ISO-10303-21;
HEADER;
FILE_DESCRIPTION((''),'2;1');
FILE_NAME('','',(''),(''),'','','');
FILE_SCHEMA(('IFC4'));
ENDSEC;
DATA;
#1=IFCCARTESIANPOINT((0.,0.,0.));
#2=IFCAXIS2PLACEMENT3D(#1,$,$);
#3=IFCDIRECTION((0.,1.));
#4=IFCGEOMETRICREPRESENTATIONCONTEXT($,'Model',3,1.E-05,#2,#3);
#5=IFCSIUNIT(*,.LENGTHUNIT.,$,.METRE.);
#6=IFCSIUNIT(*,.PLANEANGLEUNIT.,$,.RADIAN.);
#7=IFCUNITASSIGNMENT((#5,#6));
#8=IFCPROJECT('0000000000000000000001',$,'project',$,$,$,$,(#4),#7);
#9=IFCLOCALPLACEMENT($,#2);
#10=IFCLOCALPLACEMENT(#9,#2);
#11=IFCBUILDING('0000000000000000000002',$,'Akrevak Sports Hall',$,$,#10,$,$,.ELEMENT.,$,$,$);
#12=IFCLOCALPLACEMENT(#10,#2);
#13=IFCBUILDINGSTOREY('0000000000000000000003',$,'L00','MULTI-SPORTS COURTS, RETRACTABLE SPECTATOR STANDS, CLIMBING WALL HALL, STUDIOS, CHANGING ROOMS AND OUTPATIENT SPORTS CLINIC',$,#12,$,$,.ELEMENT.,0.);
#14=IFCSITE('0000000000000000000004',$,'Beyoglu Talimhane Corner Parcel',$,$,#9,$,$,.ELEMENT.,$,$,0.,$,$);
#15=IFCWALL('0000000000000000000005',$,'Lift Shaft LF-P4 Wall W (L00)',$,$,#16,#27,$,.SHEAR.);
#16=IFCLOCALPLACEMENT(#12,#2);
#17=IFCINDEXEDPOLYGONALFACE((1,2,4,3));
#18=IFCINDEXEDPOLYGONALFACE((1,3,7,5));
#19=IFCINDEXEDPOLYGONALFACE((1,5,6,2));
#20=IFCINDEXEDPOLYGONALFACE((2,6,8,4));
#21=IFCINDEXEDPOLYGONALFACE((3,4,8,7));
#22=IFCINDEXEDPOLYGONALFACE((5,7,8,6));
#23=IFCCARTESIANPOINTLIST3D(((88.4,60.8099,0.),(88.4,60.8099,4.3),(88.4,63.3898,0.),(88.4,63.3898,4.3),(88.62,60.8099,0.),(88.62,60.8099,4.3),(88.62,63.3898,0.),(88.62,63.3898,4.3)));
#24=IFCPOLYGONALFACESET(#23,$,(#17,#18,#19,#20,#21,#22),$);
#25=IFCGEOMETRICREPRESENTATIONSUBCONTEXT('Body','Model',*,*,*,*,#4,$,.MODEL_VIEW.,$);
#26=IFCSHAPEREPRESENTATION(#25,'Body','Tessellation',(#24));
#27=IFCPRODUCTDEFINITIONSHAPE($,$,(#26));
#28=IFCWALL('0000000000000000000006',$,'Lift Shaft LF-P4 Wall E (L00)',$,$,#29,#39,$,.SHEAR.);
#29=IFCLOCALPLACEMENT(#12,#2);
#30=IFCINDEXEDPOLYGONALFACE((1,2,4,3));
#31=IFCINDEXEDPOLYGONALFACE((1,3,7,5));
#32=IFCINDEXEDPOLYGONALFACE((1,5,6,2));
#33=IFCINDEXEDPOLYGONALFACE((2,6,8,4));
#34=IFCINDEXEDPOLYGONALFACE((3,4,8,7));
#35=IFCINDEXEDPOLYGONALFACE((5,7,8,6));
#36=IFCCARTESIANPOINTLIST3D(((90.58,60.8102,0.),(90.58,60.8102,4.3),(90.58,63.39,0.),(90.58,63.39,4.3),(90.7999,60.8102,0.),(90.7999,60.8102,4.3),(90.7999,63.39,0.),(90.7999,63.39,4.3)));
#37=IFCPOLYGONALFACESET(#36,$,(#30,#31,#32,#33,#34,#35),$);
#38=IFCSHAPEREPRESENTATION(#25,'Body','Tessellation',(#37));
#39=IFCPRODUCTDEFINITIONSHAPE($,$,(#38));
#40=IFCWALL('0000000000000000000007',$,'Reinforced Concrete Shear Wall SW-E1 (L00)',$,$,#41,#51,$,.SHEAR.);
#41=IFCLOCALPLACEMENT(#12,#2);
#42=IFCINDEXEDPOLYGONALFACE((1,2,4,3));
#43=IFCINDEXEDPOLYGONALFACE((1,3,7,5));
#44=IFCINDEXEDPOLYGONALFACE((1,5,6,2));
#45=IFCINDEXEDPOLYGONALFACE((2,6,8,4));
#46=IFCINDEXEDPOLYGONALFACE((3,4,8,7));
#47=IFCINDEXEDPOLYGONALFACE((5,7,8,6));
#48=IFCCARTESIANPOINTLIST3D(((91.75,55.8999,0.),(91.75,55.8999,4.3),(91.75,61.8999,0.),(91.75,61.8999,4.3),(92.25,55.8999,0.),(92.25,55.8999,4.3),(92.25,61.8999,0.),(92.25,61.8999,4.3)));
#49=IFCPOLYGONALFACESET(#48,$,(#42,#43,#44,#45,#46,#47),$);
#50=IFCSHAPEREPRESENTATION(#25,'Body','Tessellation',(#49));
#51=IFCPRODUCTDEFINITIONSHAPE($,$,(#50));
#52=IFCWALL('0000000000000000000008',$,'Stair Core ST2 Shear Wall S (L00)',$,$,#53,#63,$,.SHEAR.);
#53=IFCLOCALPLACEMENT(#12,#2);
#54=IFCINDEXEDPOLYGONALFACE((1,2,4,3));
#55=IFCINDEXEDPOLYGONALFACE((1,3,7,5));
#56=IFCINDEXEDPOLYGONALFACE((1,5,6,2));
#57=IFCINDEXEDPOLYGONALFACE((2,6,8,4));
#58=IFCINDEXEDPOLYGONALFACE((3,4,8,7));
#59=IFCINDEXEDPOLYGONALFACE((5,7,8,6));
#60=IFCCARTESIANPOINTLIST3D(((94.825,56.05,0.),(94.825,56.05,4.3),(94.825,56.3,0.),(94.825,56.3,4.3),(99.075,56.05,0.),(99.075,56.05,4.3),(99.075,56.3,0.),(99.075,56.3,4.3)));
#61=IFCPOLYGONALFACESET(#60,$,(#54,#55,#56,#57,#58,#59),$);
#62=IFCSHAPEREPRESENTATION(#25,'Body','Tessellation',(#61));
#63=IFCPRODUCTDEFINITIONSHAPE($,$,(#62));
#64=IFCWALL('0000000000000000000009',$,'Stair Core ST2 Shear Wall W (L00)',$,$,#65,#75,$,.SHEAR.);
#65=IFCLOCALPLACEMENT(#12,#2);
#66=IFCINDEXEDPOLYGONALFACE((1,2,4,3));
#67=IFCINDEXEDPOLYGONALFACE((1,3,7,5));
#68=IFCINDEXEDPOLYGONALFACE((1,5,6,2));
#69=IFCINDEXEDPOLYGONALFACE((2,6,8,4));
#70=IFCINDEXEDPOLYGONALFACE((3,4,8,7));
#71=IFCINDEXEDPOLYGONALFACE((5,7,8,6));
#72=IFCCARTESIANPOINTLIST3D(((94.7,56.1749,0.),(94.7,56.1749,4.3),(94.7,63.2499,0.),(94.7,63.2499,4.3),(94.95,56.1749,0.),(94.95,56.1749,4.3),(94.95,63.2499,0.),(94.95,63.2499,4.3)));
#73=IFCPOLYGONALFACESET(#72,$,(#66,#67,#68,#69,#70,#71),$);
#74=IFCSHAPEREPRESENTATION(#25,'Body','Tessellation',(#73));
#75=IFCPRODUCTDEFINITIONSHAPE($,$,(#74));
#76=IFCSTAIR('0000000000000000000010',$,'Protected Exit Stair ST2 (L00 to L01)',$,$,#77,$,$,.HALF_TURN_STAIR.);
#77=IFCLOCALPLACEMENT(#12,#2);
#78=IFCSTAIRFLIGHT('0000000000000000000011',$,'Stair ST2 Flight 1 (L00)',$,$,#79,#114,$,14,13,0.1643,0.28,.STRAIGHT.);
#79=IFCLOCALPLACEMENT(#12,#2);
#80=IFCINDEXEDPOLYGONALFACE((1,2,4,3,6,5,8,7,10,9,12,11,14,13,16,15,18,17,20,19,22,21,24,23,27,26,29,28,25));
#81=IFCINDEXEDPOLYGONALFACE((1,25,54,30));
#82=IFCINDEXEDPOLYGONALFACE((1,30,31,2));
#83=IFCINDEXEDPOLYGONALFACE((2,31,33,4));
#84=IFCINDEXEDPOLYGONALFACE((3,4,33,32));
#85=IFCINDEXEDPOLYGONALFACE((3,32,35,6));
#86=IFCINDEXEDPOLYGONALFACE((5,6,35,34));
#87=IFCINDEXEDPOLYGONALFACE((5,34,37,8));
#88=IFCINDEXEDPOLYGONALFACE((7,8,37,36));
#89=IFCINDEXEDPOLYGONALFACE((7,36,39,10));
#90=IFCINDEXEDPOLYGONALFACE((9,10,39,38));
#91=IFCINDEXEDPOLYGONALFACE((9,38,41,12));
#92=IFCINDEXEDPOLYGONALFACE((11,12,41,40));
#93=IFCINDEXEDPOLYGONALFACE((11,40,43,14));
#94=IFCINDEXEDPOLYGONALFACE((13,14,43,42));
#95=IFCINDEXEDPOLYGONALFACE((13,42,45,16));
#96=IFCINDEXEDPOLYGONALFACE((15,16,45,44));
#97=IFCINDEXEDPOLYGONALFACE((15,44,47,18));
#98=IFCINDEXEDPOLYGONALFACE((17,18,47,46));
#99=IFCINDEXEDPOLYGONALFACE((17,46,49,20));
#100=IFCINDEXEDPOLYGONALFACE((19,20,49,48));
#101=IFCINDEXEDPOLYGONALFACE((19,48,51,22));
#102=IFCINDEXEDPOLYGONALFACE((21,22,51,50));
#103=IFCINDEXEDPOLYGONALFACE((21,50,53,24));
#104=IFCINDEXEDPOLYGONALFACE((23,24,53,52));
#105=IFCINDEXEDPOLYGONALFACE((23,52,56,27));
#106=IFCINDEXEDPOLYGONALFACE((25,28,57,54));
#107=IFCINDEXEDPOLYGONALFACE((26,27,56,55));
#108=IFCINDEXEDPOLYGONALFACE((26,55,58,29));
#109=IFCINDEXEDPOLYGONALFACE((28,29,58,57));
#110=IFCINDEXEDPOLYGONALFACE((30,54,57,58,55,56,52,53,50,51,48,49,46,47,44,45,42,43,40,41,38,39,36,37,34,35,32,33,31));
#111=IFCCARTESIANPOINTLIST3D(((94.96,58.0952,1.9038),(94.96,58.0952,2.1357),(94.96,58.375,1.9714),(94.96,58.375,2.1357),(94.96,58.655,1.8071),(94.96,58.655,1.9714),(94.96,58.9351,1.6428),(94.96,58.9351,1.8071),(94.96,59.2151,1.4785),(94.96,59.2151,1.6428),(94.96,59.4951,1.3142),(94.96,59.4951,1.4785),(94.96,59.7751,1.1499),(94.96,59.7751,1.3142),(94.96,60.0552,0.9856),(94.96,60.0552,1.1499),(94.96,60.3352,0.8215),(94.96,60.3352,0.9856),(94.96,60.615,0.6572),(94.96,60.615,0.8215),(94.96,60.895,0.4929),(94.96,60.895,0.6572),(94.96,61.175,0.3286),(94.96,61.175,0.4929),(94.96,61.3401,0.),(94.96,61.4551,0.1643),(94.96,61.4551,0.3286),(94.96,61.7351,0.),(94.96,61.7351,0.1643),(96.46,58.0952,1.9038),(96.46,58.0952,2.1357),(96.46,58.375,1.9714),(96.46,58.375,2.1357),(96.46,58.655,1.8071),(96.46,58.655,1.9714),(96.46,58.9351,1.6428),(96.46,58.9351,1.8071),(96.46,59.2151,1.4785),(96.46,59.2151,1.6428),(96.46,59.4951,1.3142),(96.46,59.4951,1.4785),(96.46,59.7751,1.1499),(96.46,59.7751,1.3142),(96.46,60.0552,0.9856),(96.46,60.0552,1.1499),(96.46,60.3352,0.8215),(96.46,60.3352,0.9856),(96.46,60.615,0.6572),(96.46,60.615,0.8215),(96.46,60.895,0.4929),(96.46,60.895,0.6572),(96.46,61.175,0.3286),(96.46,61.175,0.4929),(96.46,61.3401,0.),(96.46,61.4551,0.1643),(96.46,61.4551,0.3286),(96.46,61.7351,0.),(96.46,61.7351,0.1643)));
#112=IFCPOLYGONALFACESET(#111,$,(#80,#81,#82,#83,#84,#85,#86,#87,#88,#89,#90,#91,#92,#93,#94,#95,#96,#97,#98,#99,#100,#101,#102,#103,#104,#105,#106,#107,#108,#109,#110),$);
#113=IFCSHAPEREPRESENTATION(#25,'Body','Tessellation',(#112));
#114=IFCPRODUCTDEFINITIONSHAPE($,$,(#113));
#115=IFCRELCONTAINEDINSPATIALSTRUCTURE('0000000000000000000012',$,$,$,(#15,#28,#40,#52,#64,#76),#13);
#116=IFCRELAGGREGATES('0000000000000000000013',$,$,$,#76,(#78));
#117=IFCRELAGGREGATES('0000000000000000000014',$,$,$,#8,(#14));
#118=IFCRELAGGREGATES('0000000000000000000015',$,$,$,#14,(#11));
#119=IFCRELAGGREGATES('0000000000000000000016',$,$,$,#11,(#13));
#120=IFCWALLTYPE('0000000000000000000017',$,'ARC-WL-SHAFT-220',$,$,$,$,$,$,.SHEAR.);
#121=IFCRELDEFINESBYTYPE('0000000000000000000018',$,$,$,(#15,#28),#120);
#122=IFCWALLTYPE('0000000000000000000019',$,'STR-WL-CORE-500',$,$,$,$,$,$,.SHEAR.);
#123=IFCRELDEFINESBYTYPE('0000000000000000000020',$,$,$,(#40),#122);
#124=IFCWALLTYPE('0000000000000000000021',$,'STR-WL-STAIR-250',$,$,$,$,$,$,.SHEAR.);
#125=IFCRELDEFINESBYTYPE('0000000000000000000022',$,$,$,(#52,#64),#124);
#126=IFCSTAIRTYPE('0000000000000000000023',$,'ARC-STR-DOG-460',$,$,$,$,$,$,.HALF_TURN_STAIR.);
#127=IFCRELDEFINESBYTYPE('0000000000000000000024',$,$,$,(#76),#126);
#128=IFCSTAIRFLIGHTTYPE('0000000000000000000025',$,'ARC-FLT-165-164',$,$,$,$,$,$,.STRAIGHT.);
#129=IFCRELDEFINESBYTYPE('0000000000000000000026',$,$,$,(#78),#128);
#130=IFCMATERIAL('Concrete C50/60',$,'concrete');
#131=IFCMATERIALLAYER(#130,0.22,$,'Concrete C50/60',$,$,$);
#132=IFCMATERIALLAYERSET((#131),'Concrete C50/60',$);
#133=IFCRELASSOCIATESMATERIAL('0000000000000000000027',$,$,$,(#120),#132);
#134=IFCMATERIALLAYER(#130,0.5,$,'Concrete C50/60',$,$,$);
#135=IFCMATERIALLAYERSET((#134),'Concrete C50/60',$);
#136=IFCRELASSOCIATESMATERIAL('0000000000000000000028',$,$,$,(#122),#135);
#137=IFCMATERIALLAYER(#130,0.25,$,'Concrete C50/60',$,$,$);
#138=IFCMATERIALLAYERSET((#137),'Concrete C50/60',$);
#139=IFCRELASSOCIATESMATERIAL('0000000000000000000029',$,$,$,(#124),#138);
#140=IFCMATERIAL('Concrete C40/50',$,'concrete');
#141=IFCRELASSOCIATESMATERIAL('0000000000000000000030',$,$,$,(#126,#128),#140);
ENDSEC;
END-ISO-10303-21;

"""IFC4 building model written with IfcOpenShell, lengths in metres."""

from ifc_helpers import new_model, si_unit, direction, frame, frame_2d, origin, place, context, subcontext, project, spatial, polyline, rectangle, outline, extrude, material, layer, layer_set, type_object, element, aggregate, save


model = new_model("IFC4")

# Units and contexts
model_context = context("Model", 3, precision=1e-05, world=origin(), true_north=direction((0.0, 1.0)))
body_context = subcontext(model_context, "Body", "Model", "MODEL_VIEW")
ifc_project = project(units=[si_unit("LENGTHUNIT", "METRE"), si_unit("PLANEANGLEUNIT", "RADIAN")], contexts=[model_context])

# Site, building, storey
site_placement = place(None, origin())
site = spatial("IfcSite", under=ifc_project, at=site_placement, Name="Beyoglu Talimhane Corner Parcel", CompositionType="ELEMENT", RefElevation=0.0)
building_placement = place(site_placement, origin())
building = spatial("IfcBuilding", under=site, at=building_placement, Name="Akrevak Sports Hall", CompositionType="ELEMENT")
storey_placement = place(building_placement, origin())
storey = spatial("IfcBuildingStorey", under=building, at=storey_placement, Name="L00", Description="MULTI-SPORTS COURTS, RETRACTABLE SPECTATOR STANDS, CLIMBING WALL HALL, STUDIOS, CHANGING ROOMS AND OUTPATIENT SPORTS CLINIC", CompositionType="ELEMENT", Elevation=0.0)

# Shared definitions
ifc_material_1 = material(Name="Concrete C50/60", Category="concrete")

# Shared definitions
ifc_material_2 = material(Name="Concrete C40/50", Category="concrete")

# Shared definitions
ifc_layer_1 = layer(ifc_material_1, 0.22, Name="Concrete C50/60")
ifc_layer_set_1 = layer_set([ifc_layer_1], Name="Concrete C50/60")
wall_type_1 = type_object("IfcWallType", Name="ARC-WL-SHAFT-220", PredefinedType="SHEAR", material=ifc_layer_set_1)

# Walls
for number, where, z_axis, x_axis, name in (
    (1, (88.51, 63.3899, 0.0), (0.0, 0.0, 1.0), (0.0, -1.0, 0.0), "Lift Shaft LF-P4 Wall W (L00)"),
    (2, (90.6899, 60.8101, 0.0), (0.0, 0.0, 1.0), (0.0, 1.0, 0.0), "Lift Shaft LF-P4 Wall E (L00)"),
):
    element("IfcWall", number, at=place(storey_placement, frame(where, z_axis=z_axis, x_axis=x_axis)), inside=storey, type_object=wall_type_1, Name=name, PredefinedType="SHEAR", context=body_context, shape_type="SweptSolid", body=[
        extrude(rectangle(XDim=2.5798, YDim=0.22, at=frame_2d((1.29, 0.0))), origin(), (0.0, 0.0, 1.0), 4.3),
    ])
ifc_layer_2 = layer(ifc_material_1, 0.5, Name="Concrete C50/60")
ifc_layer_set_2 = layer_set([ifc_layer_2], Name="Concrete C50/60")
wall_type_2 = type_object("IfcWallType", Name="STR-WL-CORE-500", PredefinedType="SHEAR", material=ifc_layer_set_2)
wall_1_placement = place(storey_placement, frame((92.0, 55.8999, 0.0), z_axis=(0.0, 0.0, 1.0), x_axis=(0.0, 1.0, 0.0)))
element("IfcWall", 3, at=wall_1_placement, inside=storey, type_object=wall_type_2, Name="Reinforced Concrete Shear Wall SW-E1 (L00)", PredefinedType="SHEAR", context=body_context, shape_type="SweptSolid", body=[
    extrude(rectangle(XDim=6.0, YDim=0.5, at=frame_2d((3.0, 0.0))), origin(), (0.0, 0.0, 1.0), 4.3),
])
ifc_layer_3 = layer(ifc_material_1, 0.25, Name="Concrete C50/60")
ifc_layer_set_3 = layer_set([ifc_layer_3], Name="Concrete C50/60")
wall_type_3 = type_object("IfcWallType", Name="STR-WL-STAIR-250", PredefinedType="SHEAR", material=ifc_layer_set_3)
wall_2_placement = place(storey_placement, frame((94.825, 56.175, 0.0), z_axis=(0.0, 0.0, 1.0), x_axis=(1.0, 0.0, 0.0)))
element("IfcWall", 4, at=wall_2_placement, inside=storey, type_object=wall_type_3, Name="Stair Core ST2 Shear Wall S (L00)", PredefinedType="SHEAR", context=body_context, shape_type="SweptSolid", body=[
    extrude(rectangle(XDim=4.25, YDim=0.25, at=frame_2d((2.125, 0.0))), origin(), (0.0, 0.0, 1.0), 4.3),
])
wall_3_placement = place(storey_placement, frame((94.825, 63.25, 0.0), z_axis=(0.0, 0.0, 1.0), x_axis=(0.0, -1.0, 0.0)))
element("IfcWall", 5, at=wall_3_placement, inside=storey, type_object=wall_type_3, Name="Stair Core ST2 Shear Wall W (L00)", PredefinedType="SHEAR", context=body_context, shape_type="SweptSolid", body=[
    extrude(rectangle(XDim=7.075, YDim=0.25, at=frame_2d((3.5376, 0.0))), origin(), (0.0, 0.0, 1.0), 4.3),
])

# Stair, stair flight
stair_type = type_object("IfcStairType", Name="ARC-STR-DOG-460", PredefinedType="HALF_TURN_STAIR", material=ifc_material_2)
stair_placement = place(storey_placement, origin())
stair = element("IfcStair", 6, at=stair_placement, inside=storey, type_object=stair_type, Name="Protected Exit Stair ST2 (L00 to L01)", PredefinedType="HALF_TURN_STAIR")
stair_flight_type = type_object("IfcStairFlightType", Name="ARC-FLT-165-164", PredefinedType="STRAIGHT", material=ifc_material_2)
stair_flight_placement = place(storey_placement, frame((95.71, 61.7351, 0.0), z_axis=(0.0, 0.0, 1.0), x_axis=(0.0, -1.0, 0.0)))
stair_flight = element("IfcStairFlight", 7, at=stair_flight_placement, type_object=stair_flight_type, Name="Stair ST2 Flight 1 (L00)", NumberOfRisers=14, NumberOfTreads=13, PredefinedType="STRAIGHT", RiserHeight=0.1643, TreadLength=0.28, context=body_context, shape_type="SweptSolid", body=[
    extrude(outline(polyline([(0.0, 0.0), (0.0, 0.1643), (0.28, 0.1643), (0.28, 0.3286), (0.5601, 0.3286), (0.5601, 0.4929), (0.8401, 0.4929), (0.8401, 0.6572), (1.1201, 0.6572), (1.1201, 0.8215), (1.3999, 0.8215), (1.3999, 0.9856), (1.6799, 0.9856), (1.6799, 1.1499), (1.96, 1.1499), (1.96, 1.3142), (2.24, 1.3142), (2.24, 1.4785), (2.52, 1.4785), (2.52, 1.6428), (2.8, 1.6428), (2.8, 1.8071), (3.0801, 1.8071), (3.0801, 1.9714), (3.3601, 1.9714), (3.3601, 2.1357), (3.6399, 2.1357), (3.6399, 2.3), (3.6399, 1.9038), (0.395, 0.0), (0.0, 0.0)])), frame((0.0, 0.75, 0.0), z_axis=(0.0, -1.0, 0.0), x_axis=(1.0, 0.0, 0.0)), (0.0, 0.0, 1.0), 1.5),
])
aggregate(stair, [stair_flight])

save(model, "model.ifc")
